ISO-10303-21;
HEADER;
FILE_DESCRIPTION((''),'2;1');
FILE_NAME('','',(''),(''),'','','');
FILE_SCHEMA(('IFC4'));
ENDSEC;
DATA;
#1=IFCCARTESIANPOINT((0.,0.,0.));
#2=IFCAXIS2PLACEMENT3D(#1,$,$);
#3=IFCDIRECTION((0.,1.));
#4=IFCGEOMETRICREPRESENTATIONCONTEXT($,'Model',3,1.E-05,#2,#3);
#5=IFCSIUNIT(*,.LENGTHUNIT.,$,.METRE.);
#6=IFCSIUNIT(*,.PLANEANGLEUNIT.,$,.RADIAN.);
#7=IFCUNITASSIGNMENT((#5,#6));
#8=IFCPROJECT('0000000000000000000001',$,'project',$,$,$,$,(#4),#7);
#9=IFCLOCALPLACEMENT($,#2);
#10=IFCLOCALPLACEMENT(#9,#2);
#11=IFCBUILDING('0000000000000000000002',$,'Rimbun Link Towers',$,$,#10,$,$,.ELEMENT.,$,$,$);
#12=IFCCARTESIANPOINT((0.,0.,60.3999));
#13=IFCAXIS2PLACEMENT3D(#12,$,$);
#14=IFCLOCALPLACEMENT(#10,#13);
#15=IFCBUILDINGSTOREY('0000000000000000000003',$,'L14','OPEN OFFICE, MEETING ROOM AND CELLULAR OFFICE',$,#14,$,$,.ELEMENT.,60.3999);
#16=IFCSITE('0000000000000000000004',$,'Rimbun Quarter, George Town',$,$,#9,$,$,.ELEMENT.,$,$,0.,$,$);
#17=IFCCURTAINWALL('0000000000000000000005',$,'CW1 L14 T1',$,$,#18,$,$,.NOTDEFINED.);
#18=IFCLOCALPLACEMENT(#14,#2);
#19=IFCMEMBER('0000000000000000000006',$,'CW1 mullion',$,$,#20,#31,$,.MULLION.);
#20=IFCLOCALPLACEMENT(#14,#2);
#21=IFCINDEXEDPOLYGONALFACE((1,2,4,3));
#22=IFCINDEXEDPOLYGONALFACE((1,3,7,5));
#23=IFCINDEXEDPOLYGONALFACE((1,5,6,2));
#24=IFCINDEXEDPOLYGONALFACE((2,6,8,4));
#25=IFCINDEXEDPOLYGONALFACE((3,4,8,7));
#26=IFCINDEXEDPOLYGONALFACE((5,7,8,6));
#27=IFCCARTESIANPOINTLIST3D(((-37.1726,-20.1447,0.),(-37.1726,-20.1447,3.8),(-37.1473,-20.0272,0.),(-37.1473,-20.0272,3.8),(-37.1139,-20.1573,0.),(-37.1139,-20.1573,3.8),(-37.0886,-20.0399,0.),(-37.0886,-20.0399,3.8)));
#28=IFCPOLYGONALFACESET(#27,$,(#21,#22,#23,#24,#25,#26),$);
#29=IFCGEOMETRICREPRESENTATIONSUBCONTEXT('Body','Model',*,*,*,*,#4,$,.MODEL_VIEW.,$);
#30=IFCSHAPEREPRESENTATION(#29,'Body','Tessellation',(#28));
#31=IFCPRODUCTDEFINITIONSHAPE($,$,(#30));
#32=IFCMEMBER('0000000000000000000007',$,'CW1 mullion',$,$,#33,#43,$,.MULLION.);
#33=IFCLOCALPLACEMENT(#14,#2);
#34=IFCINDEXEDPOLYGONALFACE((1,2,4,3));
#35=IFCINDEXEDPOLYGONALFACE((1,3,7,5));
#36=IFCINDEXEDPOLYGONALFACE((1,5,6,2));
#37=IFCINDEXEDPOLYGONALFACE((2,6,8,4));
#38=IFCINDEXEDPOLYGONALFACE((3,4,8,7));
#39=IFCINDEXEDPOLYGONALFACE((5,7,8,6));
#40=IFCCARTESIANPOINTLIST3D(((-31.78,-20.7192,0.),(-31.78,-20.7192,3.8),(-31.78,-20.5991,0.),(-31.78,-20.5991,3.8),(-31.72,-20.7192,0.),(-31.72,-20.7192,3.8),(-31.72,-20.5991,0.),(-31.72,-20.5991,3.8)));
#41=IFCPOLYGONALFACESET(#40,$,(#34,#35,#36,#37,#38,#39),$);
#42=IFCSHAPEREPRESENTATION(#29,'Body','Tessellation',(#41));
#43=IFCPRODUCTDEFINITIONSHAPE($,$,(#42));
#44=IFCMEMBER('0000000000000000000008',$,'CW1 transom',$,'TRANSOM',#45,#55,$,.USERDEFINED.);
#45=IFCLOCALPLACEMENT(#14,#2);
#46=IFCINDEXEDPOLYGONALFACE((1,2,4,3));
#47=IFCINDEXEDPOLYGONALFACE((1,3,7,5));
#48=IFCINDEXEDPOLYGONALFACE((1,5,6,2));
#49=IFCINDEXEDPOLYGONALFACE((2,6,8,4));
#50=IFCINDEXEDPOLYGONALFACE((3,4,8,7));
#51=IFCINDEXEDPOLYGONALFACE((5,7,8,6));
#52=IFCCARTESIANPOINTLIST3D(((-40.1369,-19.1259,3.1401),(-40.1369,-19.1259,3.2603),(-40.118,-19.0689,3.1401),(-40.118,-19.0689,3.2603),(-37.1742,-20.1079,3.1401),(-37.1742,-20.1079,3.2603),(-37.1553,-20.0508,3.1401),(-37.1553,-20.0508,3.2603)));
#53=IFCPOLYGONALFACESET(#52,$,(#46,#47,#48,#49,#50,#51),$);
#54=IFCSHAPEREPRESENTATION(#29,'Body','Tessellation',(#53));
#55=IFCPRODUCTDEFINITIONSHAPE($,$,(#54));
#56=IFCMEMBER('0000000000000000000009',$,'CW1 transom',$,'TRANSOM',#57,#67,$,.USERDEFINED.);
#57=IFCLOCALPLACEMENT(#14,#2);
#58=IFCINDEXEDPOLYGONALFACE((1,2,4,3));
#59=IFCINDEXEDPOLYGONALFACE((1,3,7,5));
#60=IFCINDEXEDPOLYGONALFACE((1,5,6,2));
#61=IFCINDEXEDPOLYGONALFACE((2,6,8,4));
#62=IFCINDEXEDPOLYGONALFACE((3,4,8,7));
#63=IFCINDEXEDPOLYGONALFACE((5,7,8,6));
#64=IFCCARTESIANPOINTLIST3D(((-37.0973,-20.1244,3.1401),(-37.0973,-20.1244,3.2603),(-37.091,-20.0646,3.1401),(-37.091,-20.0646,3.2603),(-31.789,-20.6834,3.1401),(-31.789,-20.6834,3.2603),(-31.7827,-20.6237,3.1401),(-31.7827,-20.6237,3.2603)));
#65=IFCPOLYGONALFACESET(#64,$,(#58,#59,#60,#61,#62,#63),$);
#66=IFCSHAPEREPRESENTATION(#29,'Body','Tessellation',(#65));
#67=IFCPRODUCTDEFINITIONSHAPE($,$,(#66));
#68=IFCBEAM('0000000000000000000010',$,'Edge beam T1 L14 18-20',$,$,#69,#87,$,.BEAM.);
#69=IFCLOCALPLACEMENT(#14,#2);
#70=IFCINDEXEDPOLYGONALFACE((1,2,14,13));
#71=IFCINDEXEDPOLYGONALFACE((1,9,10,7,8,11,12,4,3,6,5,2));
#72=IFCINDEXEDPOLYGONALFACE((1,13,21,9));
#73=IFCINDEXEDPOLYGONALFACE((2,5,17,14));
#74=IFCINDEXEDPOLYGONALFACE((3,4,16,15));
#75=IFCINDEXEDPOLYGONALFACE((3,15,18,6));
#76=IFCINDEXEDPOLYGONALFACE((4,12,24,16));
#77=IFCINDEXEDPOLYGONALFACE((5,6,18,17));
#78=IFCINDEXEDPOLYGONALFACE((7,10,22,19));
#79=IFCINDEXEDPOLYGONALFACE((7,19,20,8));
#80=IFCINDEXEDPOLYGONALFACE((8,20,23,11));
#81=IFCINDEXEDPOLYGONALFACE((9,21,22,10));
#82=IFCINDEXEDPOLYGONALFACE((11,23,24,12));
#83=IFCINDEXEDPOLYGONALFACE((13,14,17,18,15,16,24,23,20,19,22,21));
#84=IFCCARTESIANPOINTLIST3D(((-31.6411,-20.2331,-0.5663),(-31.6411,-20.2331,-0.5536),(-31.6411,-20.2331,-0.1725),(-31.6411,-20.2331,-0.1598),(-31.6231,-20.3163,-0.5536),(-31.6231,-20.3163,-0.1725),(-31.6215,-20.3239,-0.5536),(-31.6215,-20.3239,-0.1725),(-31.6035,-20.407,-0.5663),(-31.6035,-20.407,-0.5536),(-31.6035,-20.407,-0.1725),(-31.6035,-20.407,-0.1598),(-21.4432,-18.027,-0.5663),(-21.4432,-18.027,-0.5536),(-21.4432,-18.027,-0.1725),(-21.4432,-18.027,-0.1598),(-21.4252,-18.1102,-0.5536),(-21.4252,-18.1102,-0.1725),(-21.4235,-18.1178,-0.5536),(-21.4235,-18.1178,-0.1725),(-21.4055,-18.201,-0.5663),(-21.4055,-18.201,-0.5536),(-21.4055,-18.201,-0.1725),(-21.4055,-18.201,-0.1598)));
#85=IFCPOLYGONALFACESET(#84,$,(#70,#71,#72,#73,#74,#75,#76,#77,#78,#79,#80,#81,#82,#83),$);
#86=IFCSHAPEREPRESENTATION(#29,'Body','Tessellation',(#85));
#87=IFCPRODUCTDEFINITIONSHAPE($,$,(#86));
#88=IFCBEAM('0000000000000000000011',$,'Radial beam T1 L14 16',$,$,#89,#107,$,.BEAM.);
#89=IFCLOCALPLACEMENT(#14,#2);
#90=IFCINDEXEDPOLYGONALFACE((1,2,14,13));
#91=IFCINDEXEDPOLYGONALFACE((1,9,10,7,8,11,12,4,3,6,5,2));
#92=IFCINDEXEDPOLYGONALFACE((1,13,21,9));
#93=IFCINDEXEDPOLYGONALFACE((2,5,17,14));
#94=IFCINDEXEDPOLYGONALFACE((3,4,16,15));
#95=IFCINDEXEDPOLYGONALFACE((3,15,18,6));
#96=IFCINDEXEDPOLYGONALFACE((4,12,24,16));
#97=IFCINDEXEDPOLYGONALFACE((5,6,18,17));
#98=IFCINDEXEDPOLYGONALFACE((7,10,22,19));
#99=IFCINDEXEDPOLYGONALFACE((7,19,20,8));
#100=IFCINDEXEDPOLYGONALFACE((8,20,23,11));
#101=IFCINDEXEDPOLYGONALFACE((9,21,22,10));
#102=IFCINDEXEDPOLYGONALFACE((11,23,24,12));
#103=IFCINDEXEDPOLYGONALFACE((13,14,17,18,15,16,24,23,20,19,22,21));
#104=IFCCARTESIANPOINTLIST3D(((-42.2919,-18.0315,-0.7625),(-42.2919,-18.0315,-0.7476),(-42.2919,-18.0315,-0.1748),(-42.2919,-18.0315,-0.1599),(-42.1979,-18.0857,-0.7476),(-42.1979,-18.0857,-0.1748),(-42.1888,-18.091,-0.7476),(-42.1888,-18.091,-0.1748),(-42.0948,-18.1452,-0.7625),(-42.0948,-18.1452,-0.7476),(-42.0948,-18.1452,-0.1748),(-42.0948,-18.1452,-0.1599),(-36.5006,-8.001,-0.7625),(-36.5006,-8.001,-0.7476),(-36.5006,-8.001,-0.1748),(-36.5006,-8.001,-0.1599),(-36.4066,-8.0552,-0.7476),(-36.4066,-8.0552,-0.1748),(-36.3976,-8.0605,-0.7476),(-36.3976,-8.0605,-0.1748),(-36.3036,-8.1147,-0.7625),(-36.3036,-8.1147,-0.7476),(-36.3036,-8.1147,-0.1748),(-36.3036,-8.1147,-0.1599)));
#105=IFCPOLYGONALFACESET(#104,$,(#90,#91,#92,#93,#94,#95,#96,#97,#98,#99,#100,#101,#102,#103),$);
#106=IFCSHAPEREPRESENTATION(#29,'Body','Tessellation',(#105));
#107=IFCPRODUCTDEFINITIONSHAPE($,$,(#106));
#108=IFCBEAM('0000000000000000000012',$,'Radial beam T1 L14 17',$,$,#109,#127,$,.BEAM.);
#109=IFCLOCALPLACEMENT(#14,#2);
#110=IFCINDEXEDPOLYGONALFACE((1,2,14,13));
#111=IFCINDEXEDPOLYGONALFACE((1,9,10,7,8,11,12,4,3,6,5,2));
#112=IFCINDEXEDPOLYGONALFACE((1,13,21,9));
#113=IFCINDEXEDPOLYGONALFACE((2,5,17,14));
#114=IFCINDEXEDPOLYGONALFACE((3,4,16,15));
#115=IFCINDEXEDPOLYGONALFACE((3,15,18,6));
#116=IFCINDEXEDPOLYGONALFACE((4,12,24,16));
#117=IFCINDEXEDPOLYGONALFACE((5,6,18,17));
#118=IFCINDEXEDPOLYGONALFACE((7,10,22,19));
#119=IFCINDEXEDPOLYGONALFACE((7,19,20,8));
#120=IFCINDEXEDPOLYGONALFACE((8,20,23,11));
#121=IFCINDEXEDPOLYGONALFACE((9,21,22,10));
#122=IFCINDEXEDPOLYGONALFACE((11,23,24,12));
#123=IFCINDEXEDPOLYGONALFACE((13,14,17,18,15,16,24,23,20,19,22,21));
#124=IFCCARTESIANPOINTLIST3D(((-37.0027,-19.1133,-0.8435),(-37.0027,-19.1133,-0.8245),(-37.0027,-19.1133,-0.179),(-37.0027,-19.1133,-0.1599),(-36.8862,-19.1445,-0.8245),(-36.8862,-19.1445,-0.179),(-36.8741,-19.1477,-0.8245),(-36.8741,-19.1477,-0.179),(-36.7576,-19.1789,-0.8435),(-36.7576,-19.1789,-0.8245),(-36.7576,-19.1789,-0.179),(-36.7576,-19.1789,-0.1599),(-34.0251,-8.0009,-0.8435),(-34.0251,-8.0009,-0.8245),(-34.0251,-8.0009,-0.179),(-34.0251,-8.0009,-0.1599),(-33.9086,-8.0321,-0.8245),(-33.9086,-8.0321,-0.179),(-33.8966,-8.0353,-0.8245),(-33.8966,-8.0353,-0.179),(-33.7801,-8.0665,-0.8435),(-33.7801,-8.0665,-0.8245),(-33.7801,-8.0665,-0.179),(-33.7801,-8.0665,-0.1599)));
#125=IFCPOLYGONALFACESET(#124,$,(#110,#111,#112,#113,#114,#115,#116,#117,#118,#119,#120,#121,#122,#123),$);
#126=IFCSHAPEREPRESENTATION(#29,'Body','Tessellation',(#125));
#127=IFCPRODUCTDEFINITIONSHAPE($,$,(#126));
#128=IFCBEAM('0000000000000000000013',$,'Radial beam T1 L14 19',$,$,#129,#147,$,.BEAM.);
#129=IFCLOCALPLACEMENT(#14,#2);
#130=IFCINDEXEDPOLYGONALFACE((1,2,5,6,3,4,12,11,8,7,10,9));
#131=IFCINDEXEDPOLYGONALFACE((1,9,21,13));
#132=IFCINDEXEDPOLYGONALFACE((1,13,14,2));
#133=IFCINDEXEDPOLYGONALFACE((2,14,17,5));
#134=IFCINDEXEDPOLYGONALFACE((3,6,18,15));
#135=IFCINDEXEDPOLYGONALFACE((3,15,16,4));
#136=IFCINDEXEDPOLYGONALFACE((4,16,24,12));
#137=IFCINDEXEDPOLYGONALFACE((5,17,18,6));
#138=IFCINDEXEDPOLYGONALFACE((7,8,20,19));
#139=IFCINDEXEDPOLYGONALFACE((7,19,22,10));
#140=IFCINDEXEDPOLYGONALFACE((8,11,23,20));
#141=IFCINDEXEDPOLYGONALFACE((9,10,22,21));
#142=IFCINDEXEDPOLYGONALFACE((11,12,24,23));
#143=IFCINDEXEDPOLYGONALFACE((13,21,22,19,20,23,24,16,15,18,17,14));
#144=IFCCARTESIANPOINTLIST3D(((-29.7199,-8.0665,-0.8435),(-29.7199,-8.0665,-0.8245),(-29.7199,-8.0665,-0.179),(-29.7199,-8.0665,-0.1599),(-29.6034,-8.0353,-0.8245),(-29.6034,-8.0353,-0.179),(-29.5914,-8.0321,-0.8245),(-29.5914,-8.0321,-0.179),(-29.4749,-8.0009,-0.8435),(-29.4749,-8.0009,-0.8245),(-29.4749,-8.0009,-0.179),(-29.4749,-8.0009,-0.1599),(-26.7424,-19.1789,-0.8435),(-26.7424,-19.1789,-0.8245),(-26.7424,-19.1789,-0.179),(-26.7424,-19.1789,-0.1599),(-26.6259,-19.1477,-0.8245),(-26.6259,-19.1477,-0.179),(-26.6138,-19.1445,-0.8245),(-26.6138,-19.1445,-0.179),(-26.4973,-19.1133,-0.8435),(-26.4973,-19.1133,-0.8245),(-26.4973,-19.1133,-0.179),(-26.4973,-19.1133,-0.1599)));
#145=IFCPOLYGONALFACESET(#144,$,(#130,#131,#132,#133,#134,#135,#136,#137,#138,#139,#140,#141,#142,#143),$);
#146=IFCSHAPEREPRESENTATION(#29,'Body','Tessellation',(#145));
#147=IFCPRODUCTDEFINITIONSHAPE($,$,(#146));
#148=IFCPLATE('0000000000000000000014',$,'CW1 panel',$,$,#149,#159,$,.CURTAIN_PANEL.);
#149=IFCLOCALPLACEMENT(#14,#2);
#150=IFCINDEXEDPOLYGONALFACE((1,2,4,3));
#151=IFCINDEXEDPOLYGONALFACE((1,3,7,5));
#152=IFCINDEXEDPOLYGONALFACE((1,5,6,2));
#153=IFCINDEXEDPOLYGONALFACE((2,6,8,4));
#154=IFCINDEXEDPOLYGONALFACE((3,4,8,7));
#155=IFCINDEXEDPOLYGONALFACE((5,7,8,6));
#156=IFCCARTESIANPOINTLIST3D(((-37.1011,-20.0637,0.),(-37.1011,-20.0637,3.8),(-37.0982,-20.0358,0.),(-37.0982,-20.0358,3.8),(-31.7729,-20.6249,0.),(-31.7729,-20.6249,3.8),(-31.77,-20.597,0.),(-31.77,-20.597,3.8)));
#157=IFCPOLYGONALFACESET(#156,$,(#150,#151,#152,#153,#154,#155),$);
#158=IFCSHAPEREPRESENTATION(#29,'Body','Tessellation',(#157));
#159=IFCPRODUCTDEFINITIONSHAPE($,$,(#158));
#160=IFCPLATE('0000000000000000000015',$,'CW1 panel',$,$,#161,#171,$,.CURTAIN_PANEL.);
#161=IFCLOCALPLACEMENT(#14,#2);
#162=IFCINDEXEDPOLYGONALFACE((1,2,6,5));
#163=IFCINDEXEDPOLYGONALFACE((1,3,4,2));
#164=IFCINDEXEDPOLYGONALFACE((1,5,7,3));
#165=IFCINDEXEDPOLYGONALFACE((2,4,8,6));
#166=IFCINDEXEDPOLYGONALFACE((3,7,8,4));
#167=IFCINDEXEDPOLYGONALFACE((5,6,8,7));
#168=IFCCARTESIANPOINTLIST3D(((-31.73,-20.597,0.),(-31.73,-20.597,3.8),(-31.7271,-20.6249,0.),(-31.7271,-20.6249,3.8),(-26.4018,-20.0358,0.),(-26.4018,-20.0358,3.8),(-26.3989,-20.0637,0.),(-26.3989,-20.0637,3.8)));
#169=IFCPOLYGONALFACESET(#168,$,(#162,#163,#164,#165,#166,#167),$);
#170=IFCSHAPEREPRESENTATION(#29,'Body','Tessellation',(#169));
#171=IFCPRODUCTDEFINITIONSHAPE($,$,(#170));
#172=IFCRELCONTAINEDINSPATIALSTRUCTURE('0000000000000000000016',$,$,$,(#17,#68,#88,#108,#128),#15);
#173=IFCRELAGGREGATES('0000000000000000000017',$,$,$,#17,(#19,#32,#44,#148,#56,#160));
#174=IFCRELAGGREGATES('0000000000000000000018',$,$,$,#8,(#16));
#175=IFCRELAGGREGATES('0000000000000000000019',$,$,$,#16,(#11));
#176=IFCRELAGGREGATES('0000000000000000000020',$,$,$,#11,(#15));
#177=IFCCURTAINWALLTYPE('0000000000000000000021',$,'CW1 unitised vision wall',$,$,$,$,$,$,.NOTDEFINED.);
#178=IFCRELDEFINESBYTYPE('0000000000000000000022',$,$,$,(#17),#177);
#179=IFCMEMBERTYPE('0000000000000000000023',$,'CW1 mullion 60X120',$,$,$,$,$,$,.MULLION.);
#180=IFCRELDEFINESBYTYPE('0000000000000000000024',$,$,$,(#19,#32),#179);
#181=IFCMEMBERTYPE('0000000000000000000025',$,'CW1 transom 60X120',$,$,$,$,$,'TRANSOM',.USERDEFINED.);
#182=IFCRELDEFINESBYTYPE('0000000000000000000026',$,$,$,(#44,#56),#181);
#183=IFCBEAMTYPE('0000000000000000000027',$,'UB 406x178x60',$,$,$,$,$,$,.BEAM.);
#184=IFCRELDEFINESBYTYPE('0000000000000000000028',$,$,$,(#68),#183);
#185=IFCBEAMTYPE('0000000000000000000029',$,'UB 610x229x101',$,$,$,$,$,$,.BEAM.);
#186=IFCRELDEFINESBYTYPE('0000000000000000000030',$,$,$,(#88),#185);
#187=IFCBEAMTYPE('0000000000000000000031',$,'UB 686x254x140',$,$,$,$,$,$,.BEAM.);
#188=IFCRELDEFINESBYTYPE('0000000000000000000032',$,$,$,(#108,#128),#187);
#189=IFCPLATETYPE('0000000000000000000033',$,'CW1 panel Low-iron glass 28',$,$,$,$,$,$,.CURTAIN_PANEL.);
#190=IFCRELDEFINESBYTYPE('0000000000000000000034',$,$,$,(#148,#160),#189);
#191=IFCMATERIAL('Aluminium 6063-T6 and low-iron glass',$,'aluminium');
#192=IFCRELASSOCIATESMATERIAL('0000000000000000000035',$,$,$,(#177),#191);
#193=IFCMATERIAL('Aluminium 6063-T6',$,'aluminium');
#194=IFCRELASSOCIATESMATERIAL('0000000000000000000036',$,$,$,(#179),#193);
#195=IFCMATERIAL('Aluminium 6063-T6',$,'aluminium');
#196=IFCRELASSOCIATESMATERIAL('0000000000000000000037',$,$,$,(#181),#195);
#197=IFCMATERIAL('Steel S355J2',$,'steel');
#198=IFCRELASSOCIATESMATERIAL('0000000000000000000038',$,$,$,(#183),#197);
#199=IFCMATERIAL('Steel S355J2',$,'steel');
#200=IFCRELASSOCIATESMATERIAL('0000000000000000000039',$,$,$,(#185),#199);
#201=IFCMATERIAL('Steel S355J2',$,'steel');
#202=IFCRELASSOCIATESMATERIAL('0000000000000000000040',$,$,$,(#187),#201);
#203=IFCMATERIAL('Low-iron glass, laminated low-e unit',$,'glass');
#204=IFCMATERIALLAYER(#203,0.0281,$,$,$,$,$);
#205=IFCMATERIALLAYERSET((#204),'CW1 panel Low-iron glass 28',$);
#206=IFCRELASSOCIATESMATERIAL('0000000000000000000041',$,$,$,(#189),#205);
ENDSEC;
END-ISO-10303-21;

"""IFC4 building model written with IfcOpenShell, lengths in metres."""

from ifc_helpers import new_model, si_unit, direction, frame, origin, origin_2d, place, context, subcontext, project, spatial, rectangle, i_section, extrude, material, layer, layer_set, material_profile, profile_set, type_object, element, aggregate, save


model = new_model("IFC4")

# Units and contexts
model_context = context("Model", 3, precision=1e-05, world=origin(), true_north=direction((0.0, 1.0)))
body_context = subcontext(model_context, "Body", "Model", "MODEL_VIEW")
ifc_project = project(units=[si_unit("LENGTHUNIT", "METRE"), si_unit("PLANEANGLEUNIT", "RADIAN")], contexts=[model_context])

# Site, building, storey
site_placement = place(None, origin())
site = spatial("IfcSite", under=ifc_project, at=site_placement, Name="Rimbun Quarter, George Town", CompositionType="ELEMENT", RefElevation=0.0)
building_placement = place(site_placement, origin())
building = spatial("IfcBuilding", under=site, at=building_placement, Name="Rimbun Link Towers", CompositionType="ELEMENT")
storey_placement = place(building_placement, frame((0.0, 0.0, 60.3999)))
storey = spatial("IfcBuildingStorey", under=building, at=storey_placement, Name="L14", Description="OPEN OFFICE, MEETING ROOM AND CELLULAR OFFICE", CompositionType="ELEMENT", Elevation=60.3999)

# Curtain wall, members
ifc_material_1 = material(Name="Aluminium 6063-T6 and low-iron glass", Category="aluminium")
curtain_wall_type = type_object("IfcCurtainWallType", Name="CW1 unitised vision wall", PredefinedType="NOTDEFINED", material=ifc_material_1)
curtain_wall_placement = place(storey_placement, origin())
curtain_wall = element("IfcCurtainWall", 1, at=curtain_wall_placement, inside=storey, type_object=curtain_wall_type, Name="CW1 L14 T1", PredefinedType="NOTDEFINED")
ifc_material_2 = material(Name="Aluminium 6063-T6", Category="aluminium")
ifc_material_profile_1 = material_profile(ifc_material_2, rectangle(XDim=0.1201, YDim=0.0601, at=origin_2d()), Name="MULLION 60X120")
ifc_profile_set_1 = profile_set([ifc_material_profile_1], Name="Aluminium 6063-T6")
member_type_1 = type_object("IfcMemberType", Name="CW1 mullion 60X120", PredefinedType="MULLION", material=ifc_profile_set_1)
member_1_placement = place(storey_placement, frame((-37.1306, -20.0923, 0.0), z_axis=(0.0, 0.0, 1.0), x_axis=(-0.210874, -0.977513, 0.0)))
member_1 = element("IfcMember", 2, at=member_1_placement, type_object=member_type_1, Name="CW1 mullion", PredefinedType="MULLION", context=body_context, shape_type="SweptSolid", body=[
    extrude(rectangle(XDim=0.1201, YDim=0.0601, at=origin_2d()), origin(), (0.0, 0.0, 1.0), 3.8),
])
member_2_placement = place(storey_placement, frame((-31.75, -20.6592, 0.0), z_axis=(0.0, 0.0, 1.0), x_axis=(0.0, -1.0, 0.0)))
member_2 = element("IfcMember", 3, at=member_2_placement, type_object=member_type_1, Name="CW1 mullion", PredefinedType="MULLION", context=body_context, shape_type="SweptSolid", body=[
    extrude(rectangle(XDim=0.1201, YDim=0.0601, at=origin_2d()), origin(), (0.0, 0.0, 1.0), 3.8),
])
ifc_material_3 = material(Name="Aluminium 6063-T6", Category="aluminium")
ifc_material_profile_2 = material_profile(ifc_material_3, rectangle(XDim=0.0601, YDim=0.1201, at=origin_2d()), Name="TRANSOM 60X120")
ifc_profile_set_2 = profile_set([ifc_material_profile_2], Name="Aluminium 6063-T6")
member_type_2 = type_object("IfcMemberType", Name="CW1 transom 60X120", ElementType="TRANSOM", PredefinedType="USERDEFINED", material=ifc_profile_set_2)
member_3_placement = place(storey_placement, frame((-37.1648, -20.0793, 3.2002), z_axis=(-0.949222, 0.314608, 0.0), x_axis=(-0.314608, -0.949222, 0.0)))
member_3 = element("IfcMember", 4, at=member_3_placement, type_object=member_type_2, Name="CW1 transom", ObjectType="TRANSOM", PredefinedType="USERDEFINED", context=body_context, shape_type="SweptSolid", body=[
    extrude(rectangle(XDim=0.0601, YDim=0.1201, at=origin_2d()), origin(), (0.0, 0.0, 1.0), 3.1211),
])
member_4_placement = place(storey_placement, frame((-31.7859, -20.6536, 3.2002), z_axis=(-0.994499, 0.104742, 0.0), x_axis=(-0.104742, -0.994499, 0.0)))
member_4 = element("IfcMember", 5, at=member_4_placement, type_object=member_type_2, Name="CW1 transom", ObjectType="TRANSOM", PredefinedType="USERDEFINED", context=body_context, shape_type="SweptSolid", body=[
    extrude(rectangle(XDim=0.0601, YDim=0.1201, at=origin_2d()), origin(), (0.0, 0.0, 1.0), 5.3376),
])

# Beams
ifc_material_4 = material(Name="Steel S355J2", Category="steel")
ifc_material_profile_3 = material_profile(ifc_material_4, i_section(OverallWidth=0.178, OverallDepth=0.4065, WebThickness=0.0078, FlangeThickness=0.0127, at=origin_2d()), Name="UB 406x178x60")
ifc_profile_set_3 = profile_set([ifc_material_profile_3], Name="Steel S355J2")
beam_type_1 = type_object("IfcBeamType", Name="UB 406x178x60", PredefinedType="BEAM", material=ifc_profile_set_3)
beam_1_placement = place(storey_placement, frame((-31.6223, -20.3201, -0.363), z_axis=(0.977393, 0.211432, 0.0), x_axis=(-0.211432, 0.977393, 0.0)))
element("IfcBeam", 6, at=beam_1_placement, inside=storey, type_object=beam_type_1, Name="Edge beam T1 L14 18-20", PredefinedType="BEAM", context=body_context, shape_type="SweptSolid", body=[
    extrude(i_section(OverallWidth=0.178, OverallDepth=0.4065, WebThickness=0.0078, FlangeThickness=0.0127, at=origin_2d()), origin(), (0.0, 0.0, 1.0), 10.4338),
])
ifc_material_5 = material(Name="Steel S355J2", Category="steel")
ifc_material_profile_4 = material_profile(ifc_material_5, i_section(OverallWidth=0.2275, OverallDepth=0.6025, WebThickness=0.0105, FlangeThickness=0.0149, at=origin_2d()), Name="UB 610x229x101")
ifc_profile_set_4 = profile_set([ifc_material_profile_4], Name="Steel S355J2")
beam_type_2 = type_object("IfcBeamType", Name="UB 610x229x101", PredefinedType="BEAM", material=ifc_profile_set_4)
beam_2_placement = place(storey_placement, frame((-36.4021, -8.0579, -0.4612), z_axis=(-0.500009, -0.86602, 0.0), x_axis=(0.86602, -0.500009, 0.0)))
element("IfcBeam", 7, at=beam_2_placement, inside=storey, type_object=beam_type_2, Name="Radial beam T1 L14 16", PredefinedType="BEAM", context=body_context, shape_type="SweptSolid", body=[
    extrude(i_section(OverallWidth=0.2275, OverallDepth=0.6025, WebThickness=0.0105, FlangeThickness=0.0149, at=origin_2d()), origin(), (0.0, 0.0, 1.0), 11.5823),
])
ifc_material_6 = material(Name="Steel S355J2", Category="steel")
ifc_material_profile_5 = material_profile(ifc_material_6, i_section(OverallWidth=0.2537, OverallDepth=0.6836, WebThickness=0.0125, FlangeThickness=0.019, at=origin_2d()), Name="UB 686x254x140")
ifc_profile_set_5 = profile_set([ifc_material_profile_5], Name="Steel S355J2")
beam_type_3 = type_object("IfcBeamType", Name="UB 686x254x140", PredefinedType="BEAM", material=ifc_profile_set_5)
for number, where, z_axis, x_axis, name in (
    (8, (-33.9026, -8.0337, -0.5017), (-0.25882, -0.965926, 0.0), (0.965926, -0.25882, 0.0), "Radial beam T1 L14 17"),
    (9, (-29.5974, -8.0337, -0.5017), (0.25882, -0.965926, 0.0), (0.965926, 0.25882, 0.0), "Radial beam T1 L14 19"),
):
    element("IfcBeam", number, at=place(storey_placement, frame(where, z_axis=z_axis, x_axis=x_axis)), inside=storey, type_object=beam_type_3, Name=name, PredefinedType="BEAM", context=body_context, shape_type="SweptSolid", body=[
        extrude(i_section(OverallWidth=0.2537, OverallDepth=0.6836, WebThickness=0.0125, FlangeThickness=0.019, at=origin_2d()), origin(), (0.0, 0.0, 1.0), 11.5044),
    ])

# Plates
ifc_material_7 = material(Name="Low-iron glass, laminated low-e unit", Category="glass")
ifc_layer_1 = layer(ifc_material_7, 0.0281)
ifc_layer_set_1 = layer_set([ifc_layer_1], Name="CW1 panel Low-iron glass 28")
plate_type = type_object("IfcPlateType", Name="CW1 panel Low-iron glass 28", PredefinedType="CURTAIN_PANEL", material=ifc_layer_set_1)
plate_1_placement = place(storey_placement, frame((-34.4355, -20.3303, 0.0), z_axis=(0.0, 0.0, 1.0), x_axis=(-0.994499, 0.104748, 0.0)))
plate_1 = element("IfcPlate", 10, at=plate_1_placement, type_object=plate_type, Name="CW1 panel", PredefinedType="CURTAIN_PANEL", context=body_context, shape_type="SweptSolid", body=[
    extrude(rectangle(XDim=5.3577, YDim=0.0281, at=origin_2d()), origin(), (0.0, 0.0, 1.0), 3.8),
])
plate_2_placement = place(storey_placement, frame((-29.0645, -20.3303, 0.0), z_axis=(0.0, 0.0, 1.0), x_axis=(-0.994499, -0.104748, 0.0)))
plate_2 = element("IfcPlate", 11, at=plate_2_placement, type_object=plate_type, Name="CW1 panel", PredefinedType="CURTAIN_PANEL", context=body_context, shape_type="SweptSolid", body=[
    extrude(rectangle(XDim=5.3577, YDim=0.0281, at=origin_2d()), origin(), (0.0, 0.0, 1.0), 3.8),
])
aggregate(curtain_wall, [member_1, member_2, member_3, plate_1, member_4, plate_2])

save(model, "model.ifc")
